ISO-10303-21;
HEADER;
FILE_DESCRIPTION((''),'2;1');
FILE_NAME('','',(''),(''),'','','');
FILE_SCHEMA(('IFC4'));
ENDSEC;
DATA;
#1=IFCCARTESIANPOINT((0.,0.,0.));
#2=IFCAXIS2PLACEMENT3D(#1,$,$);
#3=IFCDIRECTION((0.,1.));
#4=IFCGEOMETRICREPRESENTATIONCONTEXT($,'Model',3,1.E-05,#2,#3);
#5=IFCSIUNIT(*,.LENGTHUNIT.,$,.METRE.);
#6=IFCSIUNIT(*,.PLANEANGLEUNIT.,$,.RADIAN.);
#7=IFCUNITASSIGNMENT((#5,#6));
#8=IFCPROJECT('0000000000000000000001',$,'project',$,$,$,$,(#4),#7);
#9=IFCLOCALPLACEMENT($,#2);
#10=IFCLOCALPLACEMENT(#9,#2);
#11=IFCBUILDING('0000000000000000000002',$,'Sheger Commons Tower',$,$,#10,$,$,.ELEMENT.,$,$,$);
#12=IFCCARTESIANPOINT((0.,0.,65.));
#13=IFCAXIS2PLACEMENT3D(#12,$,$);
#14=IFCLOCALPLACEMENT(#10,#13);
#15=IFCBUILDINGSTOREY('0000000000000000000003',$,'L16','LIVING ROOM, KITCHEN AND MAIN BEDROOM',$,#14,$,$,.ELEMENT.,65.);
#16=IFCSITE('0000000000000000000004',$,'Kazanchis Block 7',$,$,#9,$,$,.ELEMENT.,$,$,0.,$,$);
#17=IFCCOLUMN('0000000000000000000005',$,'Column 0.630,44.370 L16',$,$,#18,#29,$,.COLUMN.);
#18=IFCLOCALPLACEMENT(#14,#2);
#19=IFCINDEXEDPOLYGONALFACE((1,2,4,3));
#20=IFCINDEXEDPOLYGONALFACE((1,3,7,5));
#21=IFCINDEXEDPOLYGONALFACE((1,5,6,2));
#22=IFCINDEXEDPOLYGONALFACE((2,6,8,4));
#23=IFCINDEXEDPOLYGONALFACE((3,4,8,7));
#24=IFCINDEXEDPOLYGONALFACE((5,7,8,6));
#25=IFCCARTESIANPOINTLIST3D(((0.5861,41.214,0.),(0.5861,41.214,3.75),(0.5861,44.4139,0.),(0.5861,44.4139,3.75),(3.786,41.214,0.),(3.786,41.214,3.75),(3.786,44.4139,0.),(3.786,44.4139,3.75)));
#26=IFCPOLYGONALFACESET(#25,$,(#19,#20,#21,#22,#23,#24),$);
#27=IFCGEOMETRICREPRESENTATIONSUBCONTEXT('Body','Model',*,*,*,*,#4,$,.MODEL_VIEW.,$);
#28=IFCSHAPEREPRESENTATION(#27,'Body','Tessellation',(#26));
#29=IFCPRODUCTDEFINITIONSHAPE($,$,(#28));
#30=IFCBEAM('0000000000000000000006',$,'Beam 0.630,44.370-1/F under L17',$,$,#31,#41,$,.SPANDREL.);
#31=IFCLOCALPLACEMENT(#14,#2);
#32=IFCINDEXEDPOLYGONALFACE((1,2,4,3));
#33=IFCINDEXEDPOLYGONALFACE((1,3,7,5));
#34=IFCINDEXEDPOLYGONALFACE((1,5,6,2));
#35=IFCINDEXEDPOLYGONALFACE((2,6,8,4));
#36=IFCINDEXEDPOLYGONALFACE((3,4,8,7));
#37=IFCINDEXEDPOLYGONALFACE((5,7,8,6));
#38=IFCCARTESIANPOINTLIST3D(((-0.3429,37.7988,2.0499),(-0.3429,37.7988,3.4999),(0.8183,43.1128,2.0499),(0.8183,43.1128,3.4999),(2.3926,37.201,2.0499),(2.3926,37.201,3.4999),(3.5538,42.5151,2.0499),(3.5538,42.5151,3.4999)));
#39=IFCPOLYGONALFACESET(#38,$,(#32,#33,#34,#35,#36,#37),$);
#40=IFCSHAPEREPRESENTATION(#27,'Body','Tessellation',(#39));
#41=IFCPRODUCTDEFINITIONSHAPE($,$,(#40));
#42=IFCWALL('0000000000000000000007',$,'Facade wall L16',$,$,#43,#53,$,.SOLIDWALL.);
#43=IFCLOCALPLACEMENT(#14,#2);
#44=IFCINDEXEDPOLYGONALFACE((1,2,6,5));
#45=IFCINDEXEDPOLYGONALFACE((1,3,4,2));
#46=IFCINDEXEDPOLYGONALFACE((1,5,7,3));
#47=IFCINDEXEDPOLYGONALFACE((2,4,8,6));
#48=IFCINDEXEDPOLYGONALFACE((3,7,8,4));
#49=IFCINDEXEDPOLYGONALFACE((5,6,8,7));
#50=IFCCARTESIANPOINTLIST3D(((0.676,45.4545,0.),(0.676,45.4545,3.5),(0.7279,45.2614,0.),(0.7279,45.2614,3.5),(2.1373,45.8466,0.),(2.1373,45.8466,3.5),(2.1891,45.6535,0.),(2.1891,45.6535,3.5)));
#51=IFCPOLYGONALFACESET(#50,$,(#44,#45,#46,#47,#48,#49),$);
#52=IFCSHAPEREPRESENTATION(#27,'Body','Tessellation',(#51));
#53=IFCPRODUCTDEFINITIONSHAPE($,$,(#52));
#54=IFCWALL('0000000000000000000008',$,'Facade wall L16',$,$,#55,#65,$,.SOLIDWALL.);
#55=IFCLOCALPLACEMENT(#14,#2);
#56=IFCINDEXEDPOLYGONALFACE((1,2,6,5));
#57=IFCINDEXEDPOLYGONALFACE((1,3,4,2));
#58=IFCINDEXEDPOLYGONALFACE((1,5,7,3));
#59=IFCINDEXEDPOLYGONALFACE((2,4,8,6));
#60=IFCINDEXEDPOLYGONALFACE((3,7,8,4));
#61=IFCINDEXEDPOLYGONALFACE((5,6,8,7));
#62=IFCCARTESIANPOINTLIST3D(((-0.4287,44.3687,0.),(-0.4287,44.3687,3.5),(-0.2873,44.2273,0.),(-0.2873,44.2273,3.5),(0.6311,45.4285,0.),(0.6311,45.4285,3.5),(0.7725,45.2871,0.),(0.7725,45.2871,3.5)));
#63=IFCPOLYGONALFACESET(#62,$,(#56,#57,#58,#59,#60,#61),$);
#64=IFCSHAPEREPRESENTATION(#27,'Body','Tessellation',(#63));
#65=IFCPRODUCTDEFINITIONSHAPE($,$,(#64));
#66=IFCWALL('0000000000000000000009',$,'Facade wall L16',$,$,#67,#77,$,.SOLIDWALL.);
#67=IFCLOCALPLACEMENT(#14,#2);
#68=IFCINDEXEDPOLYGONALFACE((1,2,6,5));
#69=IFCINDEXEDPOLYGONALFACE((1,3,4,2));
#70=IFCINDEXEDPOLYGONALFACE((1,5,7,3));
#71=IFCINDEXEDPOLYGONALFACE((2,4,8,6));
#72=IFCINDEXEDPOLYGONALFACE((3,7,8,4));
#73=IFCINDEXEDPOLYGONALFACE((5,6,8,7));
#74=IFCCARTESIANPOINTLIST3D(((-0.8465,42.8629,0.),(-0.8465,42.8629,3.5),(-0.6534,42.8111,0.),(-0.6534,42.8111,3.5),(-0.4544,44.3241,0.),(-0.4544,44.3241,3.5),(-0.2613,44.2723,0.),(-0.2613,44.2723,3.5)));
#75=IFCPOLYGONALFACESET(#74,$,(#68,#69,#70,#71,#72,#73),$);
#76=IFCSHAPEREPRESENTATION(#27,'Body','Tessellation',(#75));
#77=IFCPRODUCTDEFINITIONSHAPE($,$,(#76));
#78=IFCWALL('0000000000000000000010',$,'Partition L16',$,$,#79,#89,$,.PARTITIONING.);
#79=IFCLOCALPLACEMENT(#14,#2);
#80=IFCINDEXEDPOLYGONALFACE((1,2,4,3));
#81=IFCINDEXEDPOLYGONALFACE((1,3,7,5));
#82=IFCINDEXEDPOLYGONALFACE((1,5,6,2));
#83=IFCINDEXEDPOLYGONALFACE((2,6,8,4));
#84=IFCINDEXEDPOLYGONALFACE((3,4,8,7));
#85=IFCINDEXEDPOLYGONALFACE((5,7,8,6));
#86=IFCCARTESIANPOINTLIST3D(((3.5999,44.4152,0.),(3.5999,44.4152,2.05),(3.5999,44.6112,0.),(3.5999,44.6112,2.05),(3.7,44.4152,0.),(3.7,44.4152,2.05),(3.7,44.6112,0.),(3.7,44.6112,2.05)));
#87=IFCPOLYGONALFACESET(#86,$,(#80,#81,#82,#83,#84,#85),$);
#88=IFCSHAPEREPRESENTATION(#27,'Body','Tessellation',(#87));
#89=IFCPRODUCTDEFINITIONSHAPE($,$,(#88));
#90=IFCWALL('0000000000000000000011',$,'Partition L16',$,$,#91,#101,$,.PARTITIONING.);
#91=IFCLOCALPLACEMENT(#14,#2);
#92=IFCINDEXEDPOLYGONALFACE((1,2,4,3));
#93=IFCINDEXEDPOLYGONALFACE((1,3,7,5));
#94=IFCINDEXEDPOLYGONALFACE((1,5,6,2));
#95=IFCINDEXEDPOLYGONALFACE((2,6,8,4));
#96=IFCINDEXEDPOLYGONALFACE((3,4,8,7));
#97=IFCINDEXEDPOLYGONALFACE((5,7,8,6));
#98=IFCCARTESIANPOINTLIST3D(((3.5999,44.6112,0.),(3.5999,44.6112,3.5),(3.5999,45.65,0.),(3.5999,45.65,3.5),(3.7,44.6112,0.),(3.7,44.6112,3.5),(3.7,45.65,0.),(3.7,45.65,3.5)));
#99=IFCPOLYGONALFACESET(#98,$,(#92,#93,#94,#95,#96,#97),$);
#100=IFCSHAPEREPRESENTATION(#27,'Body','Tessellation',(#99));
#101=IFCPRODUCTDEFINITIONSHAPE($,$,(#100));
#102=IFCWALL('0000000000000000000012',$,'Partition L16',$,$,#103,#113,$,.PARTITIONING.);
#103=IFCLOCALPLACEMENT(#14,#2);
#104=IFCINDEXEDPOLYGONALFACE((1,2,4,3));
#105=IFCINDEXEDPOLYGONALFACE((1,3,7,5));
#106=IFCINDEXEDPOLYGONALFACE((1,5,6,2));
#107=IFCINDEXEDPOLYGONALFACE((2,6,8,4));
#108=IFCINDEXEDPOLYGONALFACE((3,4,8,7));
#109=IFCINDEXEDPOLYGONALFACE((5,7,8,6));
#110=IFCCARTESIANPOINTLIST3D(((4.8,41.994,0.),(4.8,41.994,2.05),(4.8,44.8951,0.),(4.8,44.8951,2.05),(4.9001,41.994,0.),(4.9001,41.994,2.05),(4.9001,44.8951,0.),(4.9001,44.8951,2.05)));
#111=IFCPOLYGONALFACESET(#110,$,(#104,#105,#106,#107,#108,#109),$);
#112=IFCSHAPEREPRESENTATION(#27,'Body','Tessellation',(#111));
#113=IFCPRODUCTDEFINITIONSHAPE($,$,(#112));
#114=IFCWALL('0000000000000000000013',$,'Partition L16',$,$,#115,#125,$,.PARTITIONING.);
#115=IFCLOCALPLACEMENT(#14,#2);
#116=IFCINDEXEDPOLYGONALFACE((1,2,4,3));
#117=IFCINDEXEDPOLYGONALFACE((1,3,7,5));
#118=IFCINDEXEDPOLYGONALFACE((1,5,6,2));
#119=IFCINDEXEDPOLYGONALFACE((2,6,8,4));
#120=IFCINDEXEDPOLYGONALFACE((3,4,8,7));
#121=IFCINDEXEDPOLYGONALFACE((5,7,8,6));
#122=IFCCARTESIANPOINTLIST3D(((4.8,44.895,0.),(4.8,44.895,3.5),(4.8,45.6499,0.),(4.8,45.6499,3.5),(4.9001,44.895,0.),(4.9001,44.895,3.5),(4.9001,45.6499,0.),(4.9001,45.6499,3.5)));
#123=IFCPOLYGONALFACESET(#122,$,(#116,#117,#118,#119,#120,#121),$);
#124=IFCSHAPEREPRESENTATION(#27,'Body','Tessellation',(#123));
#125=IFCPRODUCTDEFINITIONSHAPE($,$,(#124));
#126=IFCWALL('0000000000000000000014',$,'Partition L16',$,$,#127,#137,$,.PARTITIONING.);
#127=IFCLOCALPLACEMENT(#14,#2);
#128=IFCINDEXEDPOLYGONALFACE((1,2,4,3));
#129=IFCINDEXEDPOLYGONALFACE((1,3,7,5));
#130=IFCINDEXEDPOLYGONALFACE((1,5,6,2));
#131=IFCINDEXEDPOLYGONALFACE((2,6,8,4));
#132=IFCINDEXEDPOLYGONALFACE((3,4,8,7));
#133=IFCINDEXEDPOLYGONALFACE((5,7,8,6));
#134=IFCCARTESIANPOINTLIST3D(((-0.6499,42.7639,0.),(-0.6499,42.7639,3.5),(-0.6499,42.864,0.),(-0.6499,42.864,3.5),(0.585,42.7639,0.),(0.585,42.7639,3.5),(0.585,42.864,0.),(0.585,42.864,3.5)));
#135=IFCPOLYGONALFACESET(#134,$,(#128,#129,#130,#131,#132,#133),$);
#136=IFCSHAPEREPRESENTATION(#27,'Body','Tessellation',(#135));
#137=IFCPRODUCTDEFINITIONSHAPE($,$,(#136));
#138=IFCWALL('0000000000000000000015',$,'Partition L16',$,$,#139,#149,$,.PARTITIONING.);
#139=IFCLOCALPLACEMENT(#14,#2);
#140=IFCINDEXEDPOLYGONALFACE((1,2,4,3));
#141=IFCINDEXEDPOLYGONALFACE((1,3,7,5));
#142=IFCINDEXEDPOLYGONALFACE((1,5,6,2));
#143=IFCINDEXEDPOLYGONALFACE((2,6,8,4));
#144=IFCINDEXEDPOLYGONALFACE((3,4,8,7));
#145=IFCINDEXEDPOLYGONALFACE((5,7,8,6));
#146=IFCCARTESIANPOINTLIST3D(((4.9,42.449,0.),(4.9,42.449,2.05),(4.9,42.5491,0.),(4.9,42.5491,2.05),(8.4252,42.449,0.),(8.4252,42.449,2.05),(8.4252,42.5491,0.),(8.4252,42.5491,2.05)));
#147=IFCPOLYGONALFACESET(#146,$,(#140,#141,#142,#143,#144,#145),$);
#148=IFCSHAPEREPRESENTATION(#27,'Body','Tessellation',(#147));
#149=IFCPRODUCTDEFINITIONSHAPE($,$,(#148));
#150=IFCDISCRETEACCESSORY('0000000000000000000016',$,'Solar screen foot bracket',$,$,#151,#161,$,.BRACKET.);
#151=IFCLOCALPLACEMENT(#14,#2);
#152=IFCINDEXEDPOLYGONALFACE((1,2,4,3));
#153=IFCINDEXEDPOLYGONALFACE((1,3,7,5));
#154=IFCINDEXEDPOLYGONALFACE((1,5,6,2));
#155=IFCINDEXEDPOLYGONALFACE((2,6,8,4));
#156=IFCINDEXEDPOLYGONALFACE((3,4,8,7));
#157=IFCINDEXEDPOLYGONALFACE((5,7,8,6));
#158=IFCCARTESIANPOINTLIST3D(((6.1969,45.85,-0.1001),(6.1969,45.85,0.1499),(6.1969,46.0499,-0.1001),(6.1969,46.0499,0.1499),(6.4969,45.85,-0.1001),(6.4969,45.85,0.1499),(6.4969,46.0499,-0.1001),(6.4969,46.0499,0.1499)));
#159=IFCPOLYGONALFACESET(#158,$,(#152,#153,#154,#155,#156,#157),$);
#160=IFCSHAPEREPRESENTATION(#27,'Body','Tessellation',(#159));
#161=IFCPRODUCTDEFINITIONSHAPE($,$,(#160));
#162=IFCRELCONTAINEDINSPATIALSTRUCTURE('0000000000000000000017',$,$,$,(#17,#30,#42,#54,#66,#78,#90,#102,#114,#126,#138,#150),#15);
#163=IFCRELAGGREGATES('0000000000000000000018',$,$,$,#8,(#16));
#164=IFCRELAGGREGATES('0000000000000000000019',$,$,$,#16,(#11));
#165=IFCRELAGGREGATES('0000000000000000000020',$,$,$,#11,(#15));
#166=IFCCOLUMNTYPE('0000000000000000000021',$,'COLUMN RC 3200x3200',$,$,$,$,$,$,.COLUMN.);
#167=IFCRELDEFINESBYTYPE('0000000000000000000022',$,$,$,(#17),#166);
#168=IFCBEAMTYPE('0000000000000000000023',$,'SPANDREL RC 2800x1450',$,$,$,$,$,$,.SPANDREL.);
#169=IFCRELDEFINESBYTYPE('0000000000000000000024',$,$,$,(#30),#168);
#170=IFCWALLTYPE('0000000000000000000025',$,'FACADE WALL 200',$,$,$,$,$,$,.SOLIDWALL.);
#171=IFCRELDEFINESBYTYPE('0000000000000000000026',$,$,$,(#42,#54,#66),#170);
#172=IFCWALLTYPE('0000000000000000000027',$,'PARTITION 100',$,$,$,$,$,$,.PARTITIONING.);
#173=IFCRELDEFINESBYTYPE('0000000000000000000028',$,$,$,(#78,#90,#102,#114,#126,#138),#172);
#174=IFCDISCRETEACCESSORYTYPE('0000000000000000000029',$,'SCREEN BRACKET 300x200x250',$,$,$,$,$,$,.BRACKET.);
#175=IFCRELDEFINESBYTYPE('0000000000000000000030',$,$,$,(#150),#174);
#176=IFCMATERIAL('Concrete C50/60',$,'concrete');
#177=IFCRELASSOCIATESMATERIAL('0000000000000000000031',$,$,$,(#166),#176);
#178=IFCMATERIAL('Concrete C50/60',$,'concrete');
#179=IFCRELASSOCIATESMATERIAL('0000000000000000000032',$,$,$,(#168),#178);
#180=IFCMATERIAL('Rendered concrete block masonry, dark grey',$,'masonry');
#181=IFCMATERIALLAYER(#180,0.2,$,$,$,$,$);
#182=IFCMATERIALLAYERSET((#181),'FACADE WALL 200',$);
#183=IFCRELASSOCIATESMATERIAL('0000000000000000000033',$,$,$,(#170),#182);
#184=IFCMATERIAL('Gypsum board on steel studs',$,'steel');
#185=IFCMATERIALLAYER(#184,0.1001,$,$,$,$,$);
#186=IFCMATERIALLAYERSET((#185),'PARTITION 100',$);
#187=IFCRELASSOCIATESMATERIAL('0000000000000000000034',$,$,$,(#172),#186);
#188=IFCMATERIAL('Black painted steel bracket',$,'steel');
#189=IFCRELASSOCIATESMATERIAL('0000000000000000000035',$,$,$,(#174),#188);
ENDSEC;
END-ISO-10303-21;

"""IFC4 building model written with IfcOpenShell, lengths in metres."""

from ifc_helpers import new_model, si_unit, direction, frame, frame_2d, origin, origin_2d, place, context, subcontext, project, spatial, rectangle, extrude, material, layer, layer_set, material_profile, profile_set, type_object, element, save


model = new_model("IFC4")

# Units and contexts
model_context = context("Model", 3, precision=1e-05, world=origin(), true_north=direction((0.0, 1.0)))
body_context = subcontext(model_context, "Body", "Model", "MODEL_VIEW")
ifc_project = project(units=[si_unit("LENGTHUNIT", "METRE"), si_unit("PLANEANGLEUNIT", "RADIAN")], contexts=[model_context])

# Site, building, storey
site_placement = place(None, origin())
site = spatial("IfcSite", under=ifc_project, at=site_placement, Name="Kazanchis Block 7", CompositionType="ELEMENT", RefElevation=0.0)
building_placement = place(site_placement, origin())
building = spatial("IfcBuilding", under=site, at=building_placement, Name="Sheger Commons Tower", CompositionType="ELEMENT")
storey_placement = place(building_placement, frame((0.0, 0.0, 65.0)))
storey = spatial("IfcBuildingStorey", under=building, at=storey_placement, Name="L16", Description="LIVING ROOM, KITCHEN AND MAIN BEDROOM", CompositionType="ELEMENT", Elevation=65.0)

# Column
ifc_material_1 = material(Name="Concrete C50/60", Category="concrete")
ifc_material_profile_1 = material_profile(ifc_material_1, rectangle(XDim=3.2, YDim=3.2, at=origin_2d()), Name="RC 3200x3200")
ifc_profile_set_1 = profile_set([ifc_material_profile_1], Name="Concrete C50/60")
column_type = type_object("IfcColumnType", Name="COLUMN RC 3200x3200", PredefinedType="COLUMN", material=ifc_profile_set_1)
column_placement = place(storey_placement, frame((2.186, 42.814, 0.0), z_axis=(0.0, 0.0, 1.0), x_axis=(1.0, 0.0, 0.0)))
element("IfcColumn", 1, at=column_placement, inside=storey, type_object=column_type, Name="Column 0.630,44.370 L16", PredefinedType="COLUMN", context=body_context, shape_type="SweptSolid", body=[
    extrude(rectangle(XDim=3.2, YDim=3.2, at=origin_2d()), origin(), (0.0, 0.0, 1.0), 3.75),
])

# Beam
ifc_material_2 = material(Name="Concrete C50/60", Category="concrete")
ifc_material_profile_2 = material_profile(ifc_material_2, rectangle(XDim=2.8, YDim=1.45, at=origin_2d()), Name="RC 2800x1450")
ifc_profile_set_2 = profile_set([ifc_material_profile_2], Name="Concrete C50/60")
beam_type = type_object("IfcBeamType", Name="SPANDREL RC 2800x1450", PredefinedType="SPANDREL", material=ifc_profile_set_2)
beam_placement = place(storey_placement, frame((2.186, 42.814, 2.7749), z_axis=(-0.213469, -0.97695, 0.0), x_axis=(0.97695, -0.213469, 0.0)))
element("IfcBeam", 2, at=beam_placement, inside=storey, type_object=beam_type, Name="Beam 0.630,44.370-1/F under L17", PredefinedType="SPANDREL", context=body_context, shape_type="SweptSolid", body=[
    extrude(rectangle(XDim=2.8, YDim=1.45, at=origin_2d()), origin(), (0.0, 0.0, 1.0), 5.4395),
])

# Walls
ifc_material_3 = material(Name="Rendered concrete block masonry, dark grey", Category="masonry")
ifc_layer_1 = layer(ifc_material_3, 0.2)
ifc_layer_set_1 = layer_set([ifc_layer_1], Name="FACADE WALL 200")
wall_type_1 = type_object("IfcWallType", Name="FACADE WALL 200", PredefinedType="SOLIDWALL", material=ifc_layer_set_1)
wall_1_placement = place(storey_placement, frame((2.1631, 45.75, 0.0), z_axis=(0.0, 0.0, 1.0), x_axis=(-0.965832, -0.259169, 0.0)))
element("IfcWall", 3, at=wall_1_placement, inside=storey, type_object=wall_type_1, Name="Facade wall L16", PredefinedType="SOLIDWALL", context=body_context, shape_type="SweptSolid", body=[
    extrude(rectangle(XDim=1.5129, YDim=0.2, at=frame_2d((0.7563, 0.0))), origin(), (0.0, 0.0, 1.0), 3.5),
])
wall_2_placement = place(storey_placement, frame((0.7019, 45.3579, 0.0), z_axis=(0.0, 0.0, 1.0), x_axis=(-0.707107, -0.707107, 0.0)))
element("IfcWall", 4, at=wall_2_placement, inside=storey, type_object=wall_type_1, Name="Facade wall L16", PredefinedType="SOLIDWALL", context=body_context, shape_type="SweptSolid", body=[
    extrude(rectangle(XDim=1.4988, YDim=0.2, at=frame_2d((0.7495, 0.0))), origin(), (0.0, 0.0, 1.0), 3.5),
])
wall_3_placement = place(storey_placement, frame((-0.3579, 44.2981, 0.0), z_axis=(0.0, 0.0, 1.0), x_axis=(-0.259169, -0.965832, 0.0)))
element("IfcWall", 5, at=wall_3_placement, inside=storey, type_object=wall_type_1, Name="Facade wall L16", PredefinedType="SOLIDWALL", context=body_context, shape_type="SweptSolid", body=[
    extrude(rectangle(XDim=1.5129, YDim=0.2, at=frame_2d((0.7563, 0.0))), origin(), (0.0, 0.0, 1.0), 3.5),
])

# Walls
ifc_material_4 = material(Name="Gypsum board on steel studs", Category="steel")
ifc_layer_2 = layer(ifc_material_4, 0.1001)
ifc_layer_set_2 = layer_set([ifc_layer_2], Name="PARTITION 100")
wall_type_2 = type_object("IfcWallType", Name="PARTITION 100", PredefinedType="PARTITIONING", material=ifc_layer_set_2)
wall_4_placement = place(storey_placement, frame((3.6499, 44.415, 0.0), z_axis=(0.0, 0.0, 1.0), x_axis=(0.0, 1.0, 0.0)))
element("IfcWall", 6, at=wall_4_placement, inside=storey, type_object=wall_type_2, Name="Partition L16", PredefinedType="PARTITIONING", context=body_context, shape_type="SweptSolid", body=[
    extrude(rectangle(XDim=0.196, YDim=0.1001, at=frame_2d((0.0981, 0.0))), origin(), (0.0, 0.0, 1.0), 2.05),
])
wall_5_placement = place(storey_placement, frame((3.6499, 44.6111, 0.0), z_axis=(0.0, 0.0, 1.0), x_axis=(0.0, 1.0, 0.0)))
element("IfcWall", 7, at=wall_5_placement, inside=storey, type_object=wall_type_2, Name="Partition L16", PredefinedType="PARTITIONING", context=body_context, shape_type="SweptSolid", body=[
    extrude(rectangle(XDim=1.0388, YDim=0.1001, at=frame_2d((0.5195, 0.0))), origin(), (0.0, 0.0, 1.0), 3.5),
])
wall_6_placement = place(storey_placement, frame((4.8501, 41.9939, 0.0), z_axis=(0.0, 0.0, 1.0), x_axis=(0.0, 1.0, 0.0)))
element("IfcWall", 8, at=wall_6_placement, inside=storey, type_object=wall_type_2, Name="Partition L16", PredefinedType="PARTITIONING", context=body_context, shape_type="SweptSolid", body=[
    extrude(rectangle(XDim=2.9011, YDim=0.1001, at=frame_2d((1.4507, 0.0))), origin(), (0.0, 0.0, 1.0), 2.05),
])
wall_7_placement = place(storey_placement, frame((4.8501, 44.895, 0.0), z_axis=(0.0, 0.0, 1.0), x_axis=(0.0, 1.0, 0.0)))
element("IfcWall", 9, at=wall_7_placement, inside=storey, type_object=wall_type_2, Name="Partition L16", PredefinedType="PARTITIONING", context=body_context, shape_type="SweptSolid", body=[
    extrude(rectangle(XDim=0.7549, YDim=0.1001, at=frame_2d((0.3774, 0.0))), origin(), (0.0, 0.0, 1.0), 3.5),
])
wall_8_placement = place(storey_placement, frame((-0.6499, 42.814, 0.0), z_axis=(0.0, 0.0, 1.0), x_axis=(1.0, 0.0, 0.0)))
element("IfcWall", 10, at=wall_8_placement, inside=storey, type_object=wall_type_2, Name="Partition L16", PredefinedType="PARTITIONING", context=body_context, shape_type="SweptSolid", body=[
    extrude(rectangle(XDim=1.2349, YDim=0.1001, at=frame_2d((0.6174, 0.0))), origin(), (0.0, 0.0, 1.0), 3.5),
])
wall_9_placement = place(storey_placement, frame((4.8999, 42.499, 0.0), z_axis=(0.0, 0.0, 1.0), x_axis=(1.0, 0.0, 0.0)))
element("IfcWall", 11, at=wall_9_placement, inside=storey, type_object=wall_type_2, Name="Partition L16", PredefinedType="PARTITIONING", context=body_context, shape_type="SweptSolid", body=[
    extrude(rectangle(XDim=3.5251, YDim=0.1001, at=frame_2d((1.7627, 0.0))), origin(), (0.0, 0.0, 1.0), 2.05),
])

# Discrete accessory
ifc_material_5 = material(Name="Black painted steel bracket", Category="steel")
discrete_accessory_type = type_object("IfcDiscreteAccessoryType", Name="SCREEN BRACKET 300x200x250", PredefinedType="BRACKET", material=ifc_material_5)
discrete_accessory_placement = place(storey_placement, frame((6.3469, 45.95, -0.1001), z_axis=(0.0, 0.0, 1.0), x_axis=(-1.0, 0.0, 0.0)))
element("IfcDiscreteAccessory", 12, at=discrete_accessory_placement, inside=storey, type_object=discrete_accessory_type, Name="Solar screen foot bracket", PredefinedType="BRACKET", context=body_context, shape_type="SweptSolid", body=[
    extrude(rectangle(XDim=0.3, YDim=0.2, at=origin_2d()), origin(), (0.0, 0.0, 1.0), 0.25),
])

save(model, "model.ifc")
